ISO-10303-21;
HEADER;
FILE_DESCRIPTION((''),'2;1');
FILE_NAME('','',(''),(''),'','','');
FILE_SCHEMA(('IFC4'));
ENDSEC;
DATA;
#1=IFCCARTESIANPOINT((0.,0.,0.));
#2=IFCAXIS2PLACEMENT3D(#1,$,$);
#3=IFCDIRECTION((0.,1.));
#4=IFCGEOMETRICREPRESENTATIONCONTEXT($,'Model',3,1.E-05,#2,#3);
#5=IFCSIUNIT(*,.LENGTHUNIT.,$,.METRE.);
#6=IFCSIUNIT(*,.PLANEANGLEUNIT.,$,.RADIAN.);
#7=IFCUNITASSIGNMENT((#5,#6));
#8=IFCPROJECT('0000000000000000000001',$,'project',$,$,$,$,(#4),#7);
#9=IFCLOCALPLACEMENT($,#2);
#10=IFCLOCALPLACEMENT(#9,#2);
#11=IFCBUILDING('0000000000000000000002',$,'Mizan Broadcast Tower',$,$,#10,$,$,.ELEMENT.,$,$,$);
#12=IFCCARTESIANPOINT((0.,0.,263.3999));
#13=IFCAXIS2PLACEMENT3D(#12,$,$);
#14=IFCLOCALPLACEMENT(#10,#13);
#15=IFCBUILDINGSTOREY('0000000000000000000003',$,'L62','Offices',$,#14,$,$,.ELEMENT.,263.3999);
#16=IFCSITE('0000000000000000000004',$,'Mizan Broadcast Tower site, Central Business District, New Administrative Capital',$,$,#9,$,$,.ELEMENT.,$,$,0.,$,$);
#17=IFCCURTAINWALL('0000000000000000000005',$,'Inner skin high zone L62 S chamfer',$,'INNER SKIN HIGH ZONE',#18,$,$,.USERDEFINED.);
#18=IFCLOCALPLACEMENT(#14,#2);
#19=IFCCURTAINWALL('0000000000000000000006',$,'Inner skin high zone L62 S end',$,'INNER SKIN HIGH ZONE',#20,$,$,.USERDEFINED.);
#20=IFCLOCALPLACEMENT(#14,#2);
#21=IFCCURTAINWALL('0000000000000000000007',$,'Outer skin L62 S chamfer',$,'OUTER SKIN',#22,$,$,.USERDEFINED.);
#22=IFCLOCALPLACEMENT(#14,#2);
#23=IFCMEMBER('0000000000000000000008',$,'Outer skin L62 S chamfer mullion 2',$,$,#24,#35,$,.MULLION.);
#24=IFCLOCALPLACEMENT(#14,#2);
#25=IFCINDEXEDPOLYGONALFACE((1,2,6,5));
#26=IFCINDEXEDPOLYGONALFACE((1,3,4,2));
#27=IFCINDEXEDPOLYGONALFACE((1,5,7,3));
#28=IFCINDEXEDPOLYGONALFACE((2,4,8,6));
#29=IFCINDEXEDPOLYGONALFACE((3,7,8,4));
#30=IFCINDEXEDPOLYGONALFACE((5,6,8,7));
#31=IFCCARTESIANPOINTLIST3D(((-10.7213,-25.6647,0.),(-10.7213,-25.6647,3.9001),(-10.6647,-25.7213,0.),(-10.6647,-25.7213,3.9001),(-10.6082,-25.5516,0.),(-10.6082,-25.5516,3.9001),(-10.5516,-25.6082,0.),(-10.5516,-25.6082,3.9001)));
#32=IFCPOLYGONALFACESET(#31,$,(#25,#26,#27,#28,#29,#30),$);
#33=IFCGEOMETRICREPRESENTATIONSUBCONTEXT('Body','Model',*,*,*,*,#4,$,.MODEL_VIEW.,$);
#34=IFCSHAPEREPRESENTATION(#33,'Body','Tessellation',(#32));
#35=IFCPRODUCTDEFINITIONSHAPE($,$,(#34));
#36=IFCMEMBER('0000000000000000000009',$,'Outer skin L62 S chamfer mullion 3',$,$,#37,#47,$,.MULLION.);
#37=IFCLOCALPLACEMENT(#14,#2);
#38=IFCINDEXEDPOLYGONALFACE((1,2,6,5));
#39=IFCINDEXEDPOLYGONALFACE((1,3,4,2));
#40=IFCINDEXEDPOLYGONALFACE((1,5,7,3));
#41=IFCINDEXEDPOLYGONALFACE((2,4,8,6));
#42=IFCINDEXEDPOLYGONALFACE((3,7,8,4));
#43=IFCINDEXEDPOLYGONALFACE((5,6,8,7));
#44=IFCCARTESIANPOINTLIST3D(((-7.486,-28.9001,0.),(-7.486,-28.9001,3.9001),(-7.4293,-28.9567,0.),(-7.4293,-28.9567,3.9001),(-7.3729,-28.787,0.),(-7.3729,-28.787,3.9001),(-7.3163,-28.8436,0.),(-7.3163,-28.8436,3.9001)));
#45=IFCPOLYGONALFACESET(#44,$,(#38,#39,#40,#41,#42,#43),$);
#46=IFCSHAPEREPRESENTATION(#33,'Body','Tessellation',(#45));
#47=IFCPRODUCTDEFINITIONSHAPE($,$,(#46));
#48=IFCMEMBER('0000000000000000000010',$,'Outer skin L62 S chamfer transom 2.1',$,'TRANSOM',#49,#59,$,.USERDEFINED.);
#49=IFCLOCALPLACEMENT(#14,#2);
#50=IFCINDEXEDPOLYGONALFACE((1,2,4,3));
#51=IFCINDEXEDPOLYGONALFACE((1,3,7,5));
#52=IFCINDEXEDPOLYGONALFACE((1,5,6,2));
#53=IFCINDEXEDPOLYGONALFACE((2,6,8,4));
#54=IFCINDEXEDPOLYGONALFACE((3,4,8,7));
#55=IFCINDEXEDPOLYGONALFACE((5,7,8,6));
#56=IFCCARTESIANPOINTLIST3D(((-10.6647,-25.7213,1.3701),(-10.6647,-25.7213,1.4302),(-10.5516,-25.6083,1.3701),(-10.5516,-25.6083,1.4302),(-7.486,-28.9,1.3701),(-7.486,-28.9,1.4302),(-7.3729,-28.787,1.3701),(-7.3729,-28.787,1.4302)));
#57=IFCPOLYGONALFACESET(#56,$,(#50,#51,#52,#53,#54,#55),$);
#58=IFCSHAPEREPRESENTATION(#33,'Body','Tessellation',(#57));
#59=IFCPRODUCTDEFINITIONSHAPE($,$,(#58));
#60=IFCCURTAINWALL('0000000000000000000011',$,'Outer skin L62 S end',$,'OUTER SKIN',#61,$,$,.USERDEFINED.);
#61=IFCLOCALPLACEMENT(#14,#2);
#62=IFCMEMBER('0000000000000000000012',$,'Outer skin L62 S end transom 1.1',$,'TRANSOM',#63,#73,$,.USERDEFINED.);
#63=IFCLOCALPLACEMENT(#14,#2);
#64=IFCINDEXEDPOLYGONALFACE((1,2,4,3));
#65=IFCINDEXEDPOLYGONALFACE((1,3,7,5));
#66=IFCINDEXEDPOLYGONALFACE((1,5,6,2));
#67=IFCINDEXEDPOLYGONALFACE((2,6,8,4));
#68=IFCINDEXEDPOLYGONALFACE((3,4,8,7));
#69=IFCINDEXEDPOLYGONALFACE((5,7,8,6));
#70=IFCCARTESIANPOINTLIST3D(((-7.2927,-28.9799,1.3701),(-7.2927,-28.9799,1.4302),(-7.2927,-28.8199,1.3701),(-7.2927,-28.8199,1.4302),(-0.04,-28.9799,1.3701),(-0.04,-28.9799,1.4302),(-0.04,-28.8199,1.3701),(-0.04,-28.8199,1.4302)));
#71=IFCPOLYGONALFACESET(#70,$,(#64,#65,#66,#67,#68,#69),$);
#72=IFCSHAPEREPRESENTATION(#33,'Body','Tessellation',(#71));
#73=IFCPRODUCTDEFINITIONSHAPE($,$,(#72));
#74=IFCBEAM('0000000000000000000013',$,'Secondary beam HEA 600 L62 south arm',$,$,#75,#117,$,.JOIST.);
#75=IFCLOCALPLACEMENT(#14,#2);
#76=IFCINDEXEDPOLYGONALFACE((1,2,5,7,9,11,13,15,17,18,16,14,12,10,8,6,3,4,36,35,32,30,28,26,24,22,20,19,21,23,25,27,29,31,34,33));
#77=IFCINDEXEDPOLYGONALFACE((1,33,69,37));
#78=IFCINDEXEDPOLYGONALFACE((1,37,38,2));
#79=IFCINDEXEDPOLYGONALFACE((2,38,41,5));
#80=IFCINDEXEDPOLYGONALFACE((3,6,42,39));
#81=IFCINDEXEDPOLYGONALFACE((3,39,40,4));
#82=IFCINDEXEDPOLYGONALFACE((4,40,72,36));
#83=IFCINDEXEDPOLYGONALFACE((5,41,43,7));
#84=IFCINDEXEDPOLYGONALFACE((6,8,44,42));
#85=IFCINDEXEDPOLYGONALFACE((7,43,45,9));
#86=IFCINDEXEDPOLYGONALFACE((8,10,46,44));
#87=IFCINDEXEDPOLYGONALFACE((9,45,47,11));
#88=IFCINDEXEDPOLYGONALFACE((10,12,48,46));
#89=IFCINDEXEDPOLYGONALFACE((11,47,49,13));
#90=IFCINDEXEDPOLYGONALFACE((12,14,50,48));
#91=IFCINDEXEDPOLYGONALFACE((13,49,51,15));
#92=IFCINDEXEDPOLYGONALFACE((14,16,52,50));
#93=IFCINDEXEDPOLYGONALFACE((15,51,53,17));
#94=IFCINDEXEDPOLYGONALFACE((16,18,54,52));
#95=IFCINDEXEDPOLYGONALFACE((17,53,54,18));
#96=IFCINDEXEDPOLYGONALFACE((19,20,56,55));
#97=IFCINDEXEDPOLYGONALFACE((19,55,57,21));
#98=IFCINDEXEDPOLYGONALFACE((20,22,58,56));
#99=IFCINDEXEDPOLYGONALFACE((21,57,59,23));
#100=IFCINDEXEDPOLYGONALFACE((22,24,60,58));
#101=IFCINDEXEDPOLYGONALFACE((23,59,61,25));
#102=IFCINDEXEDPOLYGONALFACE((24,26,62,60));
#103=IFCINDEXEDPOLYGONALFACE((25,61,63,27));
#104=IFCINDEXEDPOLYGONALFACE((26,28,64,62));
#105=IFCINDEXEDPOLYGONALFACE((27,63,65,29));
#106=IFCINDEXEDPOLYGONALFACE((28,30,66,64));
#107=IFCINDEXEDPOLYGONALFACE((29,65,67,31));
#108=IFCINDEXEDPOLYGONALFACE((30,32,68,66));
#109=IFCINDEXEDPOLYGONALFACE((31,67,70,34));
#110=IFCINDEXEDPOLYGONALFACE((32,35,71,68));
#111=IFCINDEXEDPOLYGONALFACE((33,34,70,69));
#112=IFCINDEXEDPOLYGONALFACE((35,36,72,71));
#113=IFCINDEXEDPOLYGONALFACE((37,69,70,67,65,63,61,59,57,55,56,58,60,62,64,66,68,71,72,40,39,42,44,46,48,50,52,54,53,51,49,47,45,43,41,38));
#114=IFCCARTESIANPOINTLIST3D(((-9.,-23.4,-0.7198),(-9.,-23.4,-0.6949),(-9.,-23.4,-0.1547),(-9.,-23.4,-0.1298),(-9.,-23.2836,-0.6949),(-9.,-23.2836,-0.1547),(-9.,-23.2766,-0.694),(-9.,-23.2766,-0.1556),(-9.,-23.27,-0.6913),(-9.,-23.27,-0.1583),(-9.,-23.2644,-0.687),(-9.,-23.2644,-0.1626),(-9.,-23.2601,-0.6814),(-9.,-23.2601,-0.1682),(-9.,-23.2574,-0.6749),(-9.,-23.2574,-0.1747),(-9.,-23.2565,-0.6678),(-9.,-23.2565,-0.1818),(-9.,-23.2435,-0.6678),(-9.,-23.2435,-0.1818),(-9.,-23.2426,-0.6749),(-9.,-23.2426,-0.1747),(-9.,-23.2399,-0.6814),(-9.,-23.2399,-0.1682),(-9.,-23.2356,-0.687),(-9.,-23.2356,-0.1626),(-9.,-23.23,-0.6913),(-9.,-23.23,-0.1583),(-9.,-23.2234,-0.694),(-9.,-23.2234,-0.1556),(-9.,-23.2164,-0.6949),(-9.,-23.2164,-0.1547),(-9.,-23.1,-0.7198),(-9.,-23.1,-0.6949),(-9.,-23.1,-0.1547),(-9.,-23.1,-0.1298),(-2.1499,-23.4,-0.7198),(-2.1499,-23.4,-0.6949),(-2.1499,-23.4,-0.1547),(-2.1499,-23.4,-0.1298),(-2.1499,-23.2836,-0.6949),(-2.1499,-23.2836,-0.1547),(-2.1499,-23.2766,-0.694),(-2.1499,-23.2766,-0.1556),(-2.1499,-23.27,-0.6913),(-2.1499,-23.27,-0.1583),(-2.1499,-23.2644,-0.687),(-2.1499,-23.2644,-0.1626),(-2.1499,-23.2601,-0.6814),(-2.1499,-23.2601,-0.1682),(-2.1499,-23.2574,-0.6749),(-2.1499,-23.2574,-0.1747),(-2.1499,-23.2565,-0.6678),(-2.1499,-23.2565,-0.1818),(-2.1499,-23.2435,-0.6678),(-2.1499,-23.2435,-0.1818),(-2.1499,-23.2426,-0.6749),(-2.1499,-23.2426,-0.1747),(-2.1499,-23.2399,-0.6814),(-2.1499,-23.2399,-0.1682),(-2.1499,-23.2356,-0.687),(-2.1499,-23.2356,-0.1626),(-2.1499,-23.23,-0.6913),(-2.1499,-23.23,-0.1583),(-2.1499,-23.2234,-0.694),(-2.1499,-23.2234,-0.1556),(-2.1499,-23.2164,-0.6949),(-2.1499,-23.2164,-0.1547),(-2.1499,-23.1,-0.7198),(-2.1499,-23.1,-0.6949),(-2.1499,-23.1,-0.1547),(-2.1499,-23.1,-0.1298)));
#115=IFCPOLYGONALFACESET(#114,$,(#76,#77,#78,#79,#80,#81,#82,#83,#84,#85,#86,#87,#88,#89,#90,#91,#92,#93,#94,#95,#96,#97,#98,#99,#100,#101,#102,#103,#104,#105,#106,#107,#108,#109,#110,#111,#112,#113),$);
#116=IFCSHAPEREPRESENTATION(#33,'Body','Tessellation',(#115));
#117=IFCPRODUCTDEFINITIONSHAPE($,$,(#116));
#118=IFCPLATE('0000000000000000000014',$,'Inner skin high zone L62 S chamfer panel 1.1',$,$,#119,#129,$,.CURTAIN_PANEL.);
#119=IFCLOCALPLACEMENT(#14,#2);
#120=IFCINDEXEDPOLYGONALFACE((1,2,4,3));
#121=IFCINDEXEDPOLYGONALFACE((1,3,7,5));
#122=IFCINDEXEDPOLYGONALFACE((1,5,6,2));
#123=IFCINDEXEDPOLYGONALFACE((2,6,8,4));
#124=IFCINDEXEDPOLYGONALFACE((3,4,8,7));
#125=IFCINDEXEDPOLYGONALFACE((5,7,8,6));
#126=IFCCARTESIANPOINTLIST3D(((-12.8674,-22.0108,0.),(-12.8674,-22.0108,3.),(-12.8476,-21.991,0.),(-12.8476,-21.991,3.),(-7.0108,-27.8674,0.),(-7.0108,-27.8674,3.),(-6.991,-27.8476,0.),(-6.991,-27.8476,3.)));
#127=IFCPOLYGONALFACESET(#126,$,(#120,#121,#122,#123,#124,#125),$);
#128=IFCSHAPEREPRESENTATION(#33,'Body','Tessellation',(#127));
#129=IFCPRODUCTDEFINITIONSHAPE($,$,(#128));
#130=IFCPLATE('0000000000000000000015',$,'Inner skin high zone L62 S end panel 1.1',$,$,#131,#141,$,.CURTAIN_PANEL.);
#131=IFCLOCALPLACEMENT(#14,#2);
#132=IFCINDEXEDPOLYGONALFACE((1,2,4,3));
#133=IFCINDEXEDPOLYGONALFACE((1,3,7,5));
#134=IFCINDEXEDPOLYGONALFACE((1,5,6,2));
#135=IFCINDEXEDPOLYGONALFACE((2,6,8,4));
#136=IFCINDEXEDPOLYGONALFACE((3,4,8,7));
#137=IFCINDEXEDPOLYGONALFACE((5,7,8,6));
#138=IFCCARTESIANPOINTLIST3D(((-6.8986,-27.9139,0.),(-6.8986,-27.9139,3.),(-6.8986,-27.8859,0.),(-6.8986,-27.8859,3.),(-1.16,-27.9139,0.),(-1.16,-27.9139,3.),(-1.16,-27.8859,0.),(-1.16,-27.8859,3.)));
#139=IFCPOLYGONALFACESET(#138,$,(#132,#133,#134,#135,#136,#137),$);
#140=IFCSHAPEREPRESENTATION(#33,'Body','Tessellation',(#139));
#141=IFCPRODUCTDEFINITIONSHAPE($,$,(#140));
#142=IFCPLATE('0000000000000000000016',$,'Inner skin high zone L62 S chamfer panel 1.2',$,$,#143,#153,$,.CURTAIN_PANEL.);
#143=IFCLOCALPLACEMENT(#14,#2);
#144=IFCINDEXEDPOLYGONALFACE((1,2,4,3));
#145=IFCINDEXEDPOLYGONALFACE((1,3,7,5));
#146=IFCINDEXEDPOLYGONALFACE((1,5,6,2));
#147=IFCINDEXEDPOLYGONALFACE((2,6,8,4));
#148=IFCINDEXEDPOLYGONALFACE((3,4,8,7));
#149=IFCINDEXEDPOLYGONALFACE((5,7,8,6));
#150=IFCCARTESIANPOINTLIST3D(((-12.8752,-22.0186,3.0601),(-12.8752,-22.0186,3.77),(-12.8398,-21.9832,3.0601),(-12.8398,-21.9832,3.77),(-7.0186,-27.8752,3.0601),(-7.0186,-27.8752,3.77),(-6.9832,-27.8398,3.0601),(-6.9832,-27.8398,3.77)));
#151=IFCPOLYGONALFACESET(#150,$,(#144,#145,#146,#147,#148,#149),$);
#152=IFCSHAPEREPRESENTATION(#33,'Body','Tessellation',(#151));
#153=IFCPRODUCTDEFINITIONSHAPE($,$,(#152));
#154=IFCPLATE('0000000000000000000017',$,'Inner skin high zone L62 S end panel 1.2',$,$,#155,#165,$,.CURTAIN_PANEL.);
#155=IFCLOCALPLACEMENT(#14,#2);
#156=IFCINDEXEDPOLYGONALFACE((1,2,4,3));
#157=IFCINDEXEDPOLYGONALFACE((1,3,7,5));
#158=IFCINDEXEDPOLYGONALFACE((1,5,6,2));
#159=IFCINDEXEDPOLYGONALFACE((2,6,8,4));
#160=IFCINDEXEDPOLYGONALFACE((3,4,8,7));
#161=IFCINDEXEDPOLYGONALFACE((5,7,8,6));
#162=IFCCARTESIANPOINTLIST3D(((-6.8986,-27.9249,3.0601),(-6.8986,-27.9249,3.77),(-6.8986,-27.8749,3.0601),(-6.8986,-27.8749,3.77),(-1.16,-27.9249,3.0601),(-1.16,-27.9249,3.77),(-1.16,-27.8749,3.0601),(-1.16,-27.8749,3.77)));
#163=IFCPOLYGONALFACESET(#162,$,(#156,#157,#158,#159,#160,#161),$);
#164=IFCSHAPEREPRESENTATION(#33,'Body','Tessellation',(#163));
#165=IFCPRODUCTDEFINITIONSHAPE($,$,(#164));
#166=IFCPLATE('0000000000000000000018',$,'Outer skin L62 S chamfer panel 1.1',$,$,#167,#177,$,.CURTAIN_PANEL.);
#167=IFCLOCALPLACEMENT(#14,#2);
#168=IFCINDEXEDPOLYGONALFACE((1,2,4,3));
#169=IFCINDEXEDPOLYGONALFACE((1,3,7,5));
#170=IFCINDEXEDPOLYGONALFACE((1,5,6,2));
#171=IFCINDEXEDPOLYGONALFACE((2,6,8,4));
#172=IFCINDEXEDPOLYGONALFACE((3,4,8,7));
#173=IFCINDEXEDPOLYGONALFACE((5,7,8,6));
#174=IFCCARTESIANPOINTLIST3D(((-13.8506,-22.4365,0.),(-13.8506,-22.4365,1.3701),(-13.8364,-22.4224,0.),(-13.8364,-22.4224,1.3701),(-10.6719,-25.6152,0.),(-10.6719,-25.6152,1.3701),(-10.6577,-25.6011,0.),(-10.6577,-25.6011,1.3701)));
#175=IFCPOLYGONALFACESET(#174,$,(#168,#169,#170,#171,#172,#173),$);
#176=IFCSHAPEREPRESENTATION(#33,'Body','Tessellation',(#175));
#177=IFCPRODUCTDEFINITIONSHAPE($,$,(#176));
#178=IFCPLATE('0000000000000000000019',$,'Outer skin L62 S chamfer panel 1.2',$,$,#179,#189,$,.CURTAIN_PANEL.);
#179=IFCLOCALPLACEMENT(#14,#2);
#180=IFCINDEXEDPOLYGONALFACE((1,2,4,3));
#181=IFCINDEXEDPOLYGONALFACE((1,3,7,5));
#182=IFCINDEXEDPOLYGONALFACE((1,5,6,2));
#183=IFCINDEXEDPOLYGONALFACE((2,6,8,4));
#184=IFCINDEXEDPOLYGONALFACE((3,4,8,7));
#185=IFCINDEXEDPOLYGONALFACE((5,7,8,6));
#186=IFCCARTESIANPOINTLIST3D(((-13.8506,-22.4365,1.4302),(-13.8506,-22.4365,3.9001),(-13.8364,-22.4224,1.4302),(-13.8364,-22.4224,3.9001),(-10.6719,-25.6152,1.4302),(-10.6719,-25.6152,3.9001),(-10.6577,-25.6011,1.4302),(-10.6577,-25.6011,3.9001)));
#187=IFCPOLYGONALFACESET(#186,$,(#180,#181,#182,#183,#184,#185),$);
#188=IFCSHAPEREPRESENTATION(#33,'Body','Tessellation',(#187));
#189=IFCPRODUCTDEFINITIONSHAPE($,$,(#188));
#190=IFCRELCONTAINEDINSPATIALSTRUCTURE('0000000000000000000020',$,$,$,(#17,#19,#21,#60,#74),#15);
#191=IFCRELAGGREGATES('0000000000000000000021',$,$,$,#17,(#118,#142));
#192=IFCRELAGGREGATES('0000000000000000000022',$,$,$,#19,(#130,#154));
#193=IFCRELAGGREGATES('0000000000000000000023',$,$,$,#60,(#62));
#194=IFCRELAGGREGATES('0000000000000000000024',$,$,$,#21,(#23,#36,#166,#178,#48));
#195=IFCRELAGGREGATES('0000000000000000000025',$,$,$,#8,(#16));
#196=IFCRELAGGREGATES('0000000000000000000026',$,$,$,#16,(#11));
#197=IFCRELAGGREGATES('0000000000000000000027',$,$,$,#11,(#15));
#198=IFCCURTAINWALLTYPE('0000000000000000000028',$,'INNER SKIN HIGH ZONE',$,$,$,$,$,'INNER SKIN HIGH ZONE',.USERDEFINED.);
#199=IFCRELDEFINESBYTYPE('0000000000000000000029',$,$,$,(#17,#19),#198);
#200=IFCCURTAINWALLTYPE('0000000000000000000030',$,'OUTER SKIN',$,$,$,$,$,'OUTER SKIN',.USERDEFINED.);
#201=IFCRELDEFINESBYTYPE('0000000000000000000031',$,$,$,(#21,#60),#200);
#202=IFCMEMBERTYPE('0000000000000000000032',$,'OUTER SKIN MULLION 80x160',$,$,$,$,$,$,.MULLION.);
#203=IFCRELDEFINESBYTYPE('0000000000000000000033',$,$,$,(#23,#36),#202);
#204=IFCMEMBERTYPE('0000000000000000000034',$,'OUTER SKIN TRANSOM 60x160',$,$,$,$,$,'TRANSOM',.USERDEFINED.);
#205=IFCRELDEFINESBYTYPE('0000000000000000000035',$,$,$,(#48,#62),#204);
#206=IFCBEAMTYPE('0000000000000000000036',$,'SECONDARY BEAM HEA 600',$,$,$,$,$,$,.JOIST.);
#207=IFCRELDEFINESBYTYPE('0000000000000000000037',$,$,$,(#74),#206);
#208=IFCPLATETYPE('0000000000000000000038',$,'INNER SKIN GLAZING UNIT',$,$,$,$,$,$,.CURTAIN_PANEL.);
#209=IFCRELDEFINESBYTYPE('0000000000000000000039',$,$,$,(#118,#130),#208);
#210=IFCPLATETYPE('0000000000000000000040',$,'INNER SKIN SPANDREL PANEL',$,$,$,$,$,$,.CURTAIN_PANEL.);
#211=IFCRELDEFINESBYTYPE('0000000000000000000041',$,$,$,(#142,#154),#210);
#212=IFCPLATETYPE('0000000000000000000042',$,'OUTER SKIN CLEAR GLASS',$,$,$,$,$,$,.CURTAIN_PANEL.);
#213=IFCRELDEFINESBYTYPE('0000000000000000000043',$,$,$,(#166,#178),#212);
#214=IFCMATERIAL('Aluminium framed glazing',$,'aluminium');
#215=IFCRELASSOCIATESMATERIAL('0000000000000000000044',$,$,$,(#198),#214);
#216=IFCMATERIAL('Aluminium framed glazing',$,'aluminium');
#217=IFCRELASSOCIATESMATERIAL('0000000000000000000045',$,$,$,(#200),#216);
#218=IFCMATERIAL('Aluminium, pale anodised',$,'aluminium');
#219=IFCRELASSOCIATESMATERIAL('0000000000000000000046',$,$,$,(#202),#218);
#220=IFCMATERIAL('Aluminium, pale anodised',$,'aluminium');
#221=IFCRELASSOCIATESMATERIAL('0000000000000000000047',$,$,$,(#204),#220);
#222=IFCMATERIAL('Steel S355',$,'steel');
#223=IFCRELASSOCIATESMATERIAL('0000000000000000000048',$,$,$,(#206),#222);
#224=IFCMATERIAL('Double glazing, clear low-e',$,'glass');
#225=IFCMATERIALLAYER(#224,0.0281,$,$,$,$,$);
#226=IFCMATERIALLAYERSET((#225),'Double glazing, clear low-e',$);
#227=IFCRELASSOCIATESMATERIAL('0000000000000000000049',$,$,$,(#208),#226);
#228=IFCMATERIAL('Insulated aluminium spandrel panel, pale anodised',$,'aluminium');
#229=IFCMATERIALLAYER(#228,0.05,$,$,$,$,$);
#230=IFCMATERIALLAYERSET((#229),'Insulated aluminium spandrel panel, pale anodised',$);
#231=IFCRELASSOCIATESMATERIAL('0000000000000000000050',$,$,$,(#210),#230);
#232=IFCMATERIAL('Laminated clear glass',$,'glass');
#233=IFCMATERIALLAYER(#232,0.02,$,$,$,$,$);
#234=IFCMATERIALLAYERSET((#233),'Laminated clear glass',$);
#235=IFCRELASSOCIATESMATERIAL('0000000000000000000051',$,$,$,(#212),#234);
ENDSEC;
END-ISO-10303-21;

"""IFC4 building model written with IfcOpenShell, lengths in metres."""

from ifc_helpers import new_model, si_unit, direction, frame, origin, origin_2d, place, context, subcontext, project, spatial, rectangle, i_section, extrude, material, layer, layer_set, material_profile, profile_set, type_object, element, aggregate, save


model = new_model("IFC4")

# Units and contexts
model_context = context("Model", 3, precision=1e-05, world=origin(), true_north=direction((0.0, 1.0)))
body_context = subcontext(model_context, "Body", "Model", "MODEL_VIEW")
ifc_project = project(units=[si_unit("LENGTHUNIT", "METRE"), si_unit("PLANEANGLEUNIT", "RADIAN")], contexts=[model_context])

# Site, building, storey
site_placement = place(None, origin())
site = spatial("IfcSite", under=ifc_project, at=site_placement, Name="Mizan Broadcast Tower site, Central Business District, New Administrative Capital", CompositionType="ELEMENT", RefElevation=0.0)
building_placement = place(site_placement, origin())
building = spatial("IfcBuilding", under=site, at=building_placement, Name="Mizan Broadcast Tower", CompositionType="ELEMENT")
storey_placement = place(building_placement, frame((0.0, 0.0, 263.3999)))
storey = spatial("IfcBuildingStorey", under=building, at=storey_placement, Name="L62", Description="Offices", CompositionType="ELEMENT", Elevation=263.3999)

# Curtain walls
ifc_material_1 = material(Name="Aluminium framed glazing", Category="aluminium")
curtain_wall_type_1 = type_object("IfcCurtainWallType", Name="INNER SKIN HIGH ZONE", ElementType="INNER SKIN HIGH ZONE", PredefinedType="USERDEFINED", material=ifc_material_1)
curtain_wall_1_placement = place(storey_placement, origin())
curtain_wall_1 = element("IfcCurtainWall", 1, at=curtain_wall_1_placement, inside=storey, type_object=curtain_wall_type_1, Name="Inner skin high zone L62 S chamfer", ObjectType="INNER SKIN HIGH ZONE", PredefinedType="USERDEFINED")
curtain_wall_2_placement = place(storey_placement, origin())
curtain_wall_2 = element("IfcCurtainWall", 2, at=curtain_wall_2_placement, inside=storey, type_object=curtain_wall_type_1, Name="Inner skin high zone L62 S end", ObjectType="INNER SKIN HIGH ZONE", PredefinedType="USERDEFINED")

# Curtain wall, members
ifc_material_2 = material(Name="Aluminium framed glazing", Category="aluminium")
curtain_wall_type_2 = type_object("IfcCurtainWallType", Name="OUTER SKIN", ElementType="OUTER SKIN", PredefinedType="USERDEFINED", material=ifc_material_2)
curtain_wall_3_placement = place(storey_placement, origin())
curtain_wall_3 = element("IfcCurtainWall", 3, at=curtain_wall_3_placement, inside=storey, type_object=curtain_wall_type_2, Name="Outer skin L62 S chamfer", ObjectType="OUTER SKIN", PredefinedType="USERDEFINED")
ifc_material_3 = material(Name="Aluminium, pale anodised", Category="aluminium")
ifc_material_profile_1 = material_profile(ifc_material_3, rectangle(XDim=0.1599, YDim=0.0801, at=origin_2d()), Name="MULLION 160x80")
ifc_profile_set_1 = profile_set([ifc_material_profile_1], Name="Aluminium, pale anodised")
member_type_1 = type_object("IfcMemberType", Name="OUTER SKIN MULLION 80x160", PredefinedType="MULLION", material=ifc_profile_set_1)
member_1_placement = place(storey_placement, frame((-10.6365, -25.6365, 0.0), z_axis=(0.0, 0.0, 1.0), x_axis=(0.707107, 0.707107, 0.0)))
member_1 = element("IfcMember", 4, at=member_1_placement, type_object=member_type_1, Name="Outer skin L62 S chamfer mullion 2", PredefinedType="MULLION", context=body_context, shape_type="SweptSolid", body=[
    extrude(rectangle(XDim=0.1599, YDim=0.0801, at=origin_2d()), origin(), (0.0, 0.0, 1.0), 3.9001),
])
member_2_placement = place(storey_placement, frame((-7.4011, -28.8718, 0.0), z_axis=(0.0, 0.0, 1.0), x_axis=(0.707107, 0.707107, 0.0)))
member_2 = element("IfcMember", 5, at=member_2_placement, type_object=member_type_1, Name="Outer skin L62 S chamfer mullion 3", PredefinedType="MULLION", context=body_context, shape_type="SweptSolid", body=[
    extrude(rectangle(XDim=0.1599, YDim=0.0801, at=origin_2d()), origin(), (0.0, 0.0, 1.0), 3.9001),
])
ifc_material_4 = material(Name="Aluminium, pale anodised", Category="aluminium")
ifc_material_profile_2 = material_profile(ifc_material_4, rectangle(XDim=0.1599, YDim=0.0601, at=origin_2d()), Name="TRANSOM 160x60")
ifc_profile_set_2 = profile_set([ifc_material_profile_2], Name="Aluminium, pale anodised")
member_type_2 = type_object("IfcMemberType", Name="OUTER SKIN TRANSOM 60x160", ElementType="TRANSOM", PredefinedType="USERDEFINED", material=ifc_profile_set_2)
member_3_placement = place(storey_placement, frame((-10.6082, -25.6648, 1.4001), z_axis=(0.707107, -0.707107, 0.0), x_axis=(0.707107, 0.707107, 0.0)))
member_3 = element("IfcMember", 6, at=member_3_placement, type_object=member_type_2, Name="Outer skin L62 S chamfer transom 2.1", ObjectType="TRANSOM", PredefinedType="USERDEFINED", context=body_context, shape_type="SweptSolid", body=[
    extrude(rectangle(XDim=0.1599, YDim=0.0601, at=origin_2d()), origin(), (0.0, 0.0, 1.0), 4.4954),
])

# Curtain wall, member
curtain_wall_4_placement = place(storey_placement, origin())
curtain_wall_4 = element("IfcCurtainWall", 7, at=curtain_wall_4_placement, inside=storey, type_object=curtain_wall_type_2, Name="Outer skin L62 S end", ObjectType="OUTER SKIN", PredefinedType="USERDEFINED")
member_4_placement = place(storey_placement, frame((-7.2927, -28.8999, 1.4001), z_axis=(1.0, 0.0, 0.0), x_axis=(0.0, 1.0, 0.0)))
member_4 = element("IfcMember", 8, at=member_4_placement, type_object=member_type_2, Name="Outer skin L62 S end transom 1.1", ObjectType="TRANSOM", PredefinedType="USERDEFINED", context=body_context, shape_type="SweptSolid", body=[
    extrude(rectangle(XDim=0.1599, YDim=0.0601, at=origin_2d()), origin(), (0.0, 0.0, 1.0), 7.2527),
])

# Beam
ifc_material_5 = material(Name="Steel S355", Category="steel")
ifc_material_profile_3 = material_profile(ifc_material_5, i_section(OverallWidth=0.3, OverallDepth=0.5901, WebThickness=0.0129, FlangeThickness=0.0249, FilletRadius=0.0271, at=origin_2d()), Name="HEA 600")
ifc_profile_set_3 = profile_set([ifc_material_profile_3], Name="Steel S355")
beam_type_1 = type_object("IfcBeamType", Name="SECONDARY BEAM HEA 600", PredefinedType="JOIST", material=ifc_profile_set_3)
beam_1_placement = place(storey_placement, frame((-9.0, -23.25, -0.4248), z_axis=(1.0, 0.0, 0.0), x_axis=(0.0, 1.0, 0.0)))
element("IfcBeam", 9, at=beam_1_placement, inside=storey, type_object=beam_type_1, Name="Secondary beam HEA 600 L62 south arm", PredefinedType="JOIST", context=body_context, shape_type="SweptSolid", body=[
    extrude(i_section(OverallWidth=0.3, OverallDepth=0.5901, WebThickness=0.0129, FlangeThickness=0.0249, FilletRadius=0.0271, at=origin_2d()), origin(), (0.0, 0.0, 1.0), 6.8501),
])

# Plates
ifc_material_6 = material(Name="Double glazing, clear low-e", Category="glass")
ifc_layer_1 = layer(ifc_material_6, 0.0281)
ifc_layer_set_1 = layer_set([ifc_layer_1], Name="Double glazing, clear low-e")
plate_type_1 = type_object("IfcPlateType", Name="INNER SKIN GLAZING UNIT", PredefinedType="CURTAIN_PANEL", material=ifc_layer_set_1)
plate_1_placement = place(storey_placement, frame((-9.9292, -24.9292, 0.0), z_axis=(0.0, 0.0, 1.0), x_axis=(0.707107, -0.707107, 0.0)))
plate_1 = element("IfcPlate", 10, at=plate_1_placement, type_object=plate_type_1, Name="Inner skin high zone L62 S chamfer panel 1.1", PredefinedType="CURTAIN_PANEL", context=body_context, shape_type="SweptSolid", body=[
    extrude(rectangle(XDim=8.2825, YDim=0.0281, at=origin_2d()), origin(), (0.0, 0.0, 1.0), 3.0),
])
plate_2_placement = place(storey_placement, frame((-4.0293, -27.8999, 0.0), z_axis=(0.0, 0.0, 1.0), x_axis=(1.0, 0.0, 0.0)))
plate_2 = element("IfcPlate", 11, at=plate_2_placement, type_object=plate_type_1, Name="Inner skin high zone L62 S end panel 1.1", PredefinedType="CURTAIN_PANEL", context=body_context, shape_type="SweptSolid", body=[
    extrude(rectangle(XDim=5.7385, YDim=0.0281, at=origin_2d()), origin(), (0.0, 0.0, 1.0), 3.0),
])
ifc_material_7 = material(Name="Insulated aluminium spandrel panel, pale anodised", Category="aluminium")
ifc_layer_2 = layer(ifc_material_7, 0.05)
ifc_layer_set_2 = layer_set([ifc_layer_2], Name="Insulated aluminium spandrel panel, pale anodised")
plate_type_2 = type_object("IfcPlateType", Name="INNER SKIN SPANDREL PANEL", PredefinedType="CURTAIN_PANEL", material=ifc_layer_set_2)
plate_3_placement = place(storey_placement, frame((-9.9292, -24.9292, 3.0601), z_axis=(0.0, 0.0, 1.0), x_axis=(0.707107, -0.707107, 0.0)))
plate_3 = element("IfcPlate", 12, at=plate_3_placement, type_object=plate_type_2, Name="Inner skin high zone L62 S chamfer panel 1.2", PredefinedType="CURTAIN_PANEL", context=body_context, shape_type="SweptSolid", body=[
    extrude(rectangle(XDim=8.2825, YDim=0.05, at=origin_2d()), origin(), (0.0, 0.0, 1.0), 0.71),
])
aggregate(curtain_wall_1, [plate_1, plate_3])
plate_4_placement = place(storey_placement, frame((-4.0293, -27.8999, 3.0601), z_axis=(0.0, 0.0, 1.0), x_axis=(1.0, 0.0, 0.0)))
plate_4 = element("IfcPlate", 13, at=plate_4_placement, type_object=plate_type_2, Name="Inner skin high zone L62 S end panel 1.2", PredefinedType="CURTAIN_PANEL", context=body_context, shape_type="SweptSolid", body=[
    extrude(rectangle(XDim=5.7385, YDim=0.05, at=origin_2d()), origin(), (0.0, 0.0, 1.0), 0.71),
])
aggregate(curtain_wall_2, [plate_2, plate_4])
ifc_material_8 = material(Name="Laminated clear glass", Category="glass")
ifc_layer_3 = layer(ifc_material_8, 0.02)
ifc_layer_set_3 = layer_set([ifc_layer_3], Name="Laminated clear glass")
plate_type_3 = type_object("IfcPlateType", Name="OUTER SKIN CLEAR GLASS", PredefinedType="CURTAIN_PANEL", material=ifc_layer_set_3)
plate_5_placement = place(storey_placement, frame((-12.2542, -24.0188, 0.0), z_axis=(0.0, 0.0, 1.0), x_axis=(0.707107, -0.707107, 0.0)))
plate_5 = element("IfcPlate", 14, at=plate_5_placement, type_object=plate_type_3, Name="Outer skin L62 S chamfer panel 1.1", PredefinedType="CURTAIN_PANEL", context=body_context, shape_type="SweptSolid", body=[
    extrude(rectangle(XDim=4.4954, YDim=0.02, at=origin_2d()), origin(), (0.0, 0.0, 1.0), 1.3701),
])
plate_6_placement = place(storey_placement, frame((-12.2542, -24.0188, 1.4302), z_axis=(0.0, 0.0, 1.0), x_axis=(0.707107, -0.707107, 0.0)))
plate_6 = element("IfcPlate", 15, at=plate_6_placement, type_object=plate_type_3, Name="Outer skin L62 S chamfer panel 1.2", PredefinedType="CURTAIN_PANEL", context=body_context, shape_type="SweptSolid", body=[
    extrude(rectangle(XDim=4.4954, YDim=0.02, at=origin_2d()), origin(), (0.0, 0.0, 1.0), 2.47),
])
aggregate(curtain_wall_4, [member_4])
aggregate(curtain_wall_3, [member_1, member_2, plate_5, plate_6, member_3])

save(model, "model.ifc")
